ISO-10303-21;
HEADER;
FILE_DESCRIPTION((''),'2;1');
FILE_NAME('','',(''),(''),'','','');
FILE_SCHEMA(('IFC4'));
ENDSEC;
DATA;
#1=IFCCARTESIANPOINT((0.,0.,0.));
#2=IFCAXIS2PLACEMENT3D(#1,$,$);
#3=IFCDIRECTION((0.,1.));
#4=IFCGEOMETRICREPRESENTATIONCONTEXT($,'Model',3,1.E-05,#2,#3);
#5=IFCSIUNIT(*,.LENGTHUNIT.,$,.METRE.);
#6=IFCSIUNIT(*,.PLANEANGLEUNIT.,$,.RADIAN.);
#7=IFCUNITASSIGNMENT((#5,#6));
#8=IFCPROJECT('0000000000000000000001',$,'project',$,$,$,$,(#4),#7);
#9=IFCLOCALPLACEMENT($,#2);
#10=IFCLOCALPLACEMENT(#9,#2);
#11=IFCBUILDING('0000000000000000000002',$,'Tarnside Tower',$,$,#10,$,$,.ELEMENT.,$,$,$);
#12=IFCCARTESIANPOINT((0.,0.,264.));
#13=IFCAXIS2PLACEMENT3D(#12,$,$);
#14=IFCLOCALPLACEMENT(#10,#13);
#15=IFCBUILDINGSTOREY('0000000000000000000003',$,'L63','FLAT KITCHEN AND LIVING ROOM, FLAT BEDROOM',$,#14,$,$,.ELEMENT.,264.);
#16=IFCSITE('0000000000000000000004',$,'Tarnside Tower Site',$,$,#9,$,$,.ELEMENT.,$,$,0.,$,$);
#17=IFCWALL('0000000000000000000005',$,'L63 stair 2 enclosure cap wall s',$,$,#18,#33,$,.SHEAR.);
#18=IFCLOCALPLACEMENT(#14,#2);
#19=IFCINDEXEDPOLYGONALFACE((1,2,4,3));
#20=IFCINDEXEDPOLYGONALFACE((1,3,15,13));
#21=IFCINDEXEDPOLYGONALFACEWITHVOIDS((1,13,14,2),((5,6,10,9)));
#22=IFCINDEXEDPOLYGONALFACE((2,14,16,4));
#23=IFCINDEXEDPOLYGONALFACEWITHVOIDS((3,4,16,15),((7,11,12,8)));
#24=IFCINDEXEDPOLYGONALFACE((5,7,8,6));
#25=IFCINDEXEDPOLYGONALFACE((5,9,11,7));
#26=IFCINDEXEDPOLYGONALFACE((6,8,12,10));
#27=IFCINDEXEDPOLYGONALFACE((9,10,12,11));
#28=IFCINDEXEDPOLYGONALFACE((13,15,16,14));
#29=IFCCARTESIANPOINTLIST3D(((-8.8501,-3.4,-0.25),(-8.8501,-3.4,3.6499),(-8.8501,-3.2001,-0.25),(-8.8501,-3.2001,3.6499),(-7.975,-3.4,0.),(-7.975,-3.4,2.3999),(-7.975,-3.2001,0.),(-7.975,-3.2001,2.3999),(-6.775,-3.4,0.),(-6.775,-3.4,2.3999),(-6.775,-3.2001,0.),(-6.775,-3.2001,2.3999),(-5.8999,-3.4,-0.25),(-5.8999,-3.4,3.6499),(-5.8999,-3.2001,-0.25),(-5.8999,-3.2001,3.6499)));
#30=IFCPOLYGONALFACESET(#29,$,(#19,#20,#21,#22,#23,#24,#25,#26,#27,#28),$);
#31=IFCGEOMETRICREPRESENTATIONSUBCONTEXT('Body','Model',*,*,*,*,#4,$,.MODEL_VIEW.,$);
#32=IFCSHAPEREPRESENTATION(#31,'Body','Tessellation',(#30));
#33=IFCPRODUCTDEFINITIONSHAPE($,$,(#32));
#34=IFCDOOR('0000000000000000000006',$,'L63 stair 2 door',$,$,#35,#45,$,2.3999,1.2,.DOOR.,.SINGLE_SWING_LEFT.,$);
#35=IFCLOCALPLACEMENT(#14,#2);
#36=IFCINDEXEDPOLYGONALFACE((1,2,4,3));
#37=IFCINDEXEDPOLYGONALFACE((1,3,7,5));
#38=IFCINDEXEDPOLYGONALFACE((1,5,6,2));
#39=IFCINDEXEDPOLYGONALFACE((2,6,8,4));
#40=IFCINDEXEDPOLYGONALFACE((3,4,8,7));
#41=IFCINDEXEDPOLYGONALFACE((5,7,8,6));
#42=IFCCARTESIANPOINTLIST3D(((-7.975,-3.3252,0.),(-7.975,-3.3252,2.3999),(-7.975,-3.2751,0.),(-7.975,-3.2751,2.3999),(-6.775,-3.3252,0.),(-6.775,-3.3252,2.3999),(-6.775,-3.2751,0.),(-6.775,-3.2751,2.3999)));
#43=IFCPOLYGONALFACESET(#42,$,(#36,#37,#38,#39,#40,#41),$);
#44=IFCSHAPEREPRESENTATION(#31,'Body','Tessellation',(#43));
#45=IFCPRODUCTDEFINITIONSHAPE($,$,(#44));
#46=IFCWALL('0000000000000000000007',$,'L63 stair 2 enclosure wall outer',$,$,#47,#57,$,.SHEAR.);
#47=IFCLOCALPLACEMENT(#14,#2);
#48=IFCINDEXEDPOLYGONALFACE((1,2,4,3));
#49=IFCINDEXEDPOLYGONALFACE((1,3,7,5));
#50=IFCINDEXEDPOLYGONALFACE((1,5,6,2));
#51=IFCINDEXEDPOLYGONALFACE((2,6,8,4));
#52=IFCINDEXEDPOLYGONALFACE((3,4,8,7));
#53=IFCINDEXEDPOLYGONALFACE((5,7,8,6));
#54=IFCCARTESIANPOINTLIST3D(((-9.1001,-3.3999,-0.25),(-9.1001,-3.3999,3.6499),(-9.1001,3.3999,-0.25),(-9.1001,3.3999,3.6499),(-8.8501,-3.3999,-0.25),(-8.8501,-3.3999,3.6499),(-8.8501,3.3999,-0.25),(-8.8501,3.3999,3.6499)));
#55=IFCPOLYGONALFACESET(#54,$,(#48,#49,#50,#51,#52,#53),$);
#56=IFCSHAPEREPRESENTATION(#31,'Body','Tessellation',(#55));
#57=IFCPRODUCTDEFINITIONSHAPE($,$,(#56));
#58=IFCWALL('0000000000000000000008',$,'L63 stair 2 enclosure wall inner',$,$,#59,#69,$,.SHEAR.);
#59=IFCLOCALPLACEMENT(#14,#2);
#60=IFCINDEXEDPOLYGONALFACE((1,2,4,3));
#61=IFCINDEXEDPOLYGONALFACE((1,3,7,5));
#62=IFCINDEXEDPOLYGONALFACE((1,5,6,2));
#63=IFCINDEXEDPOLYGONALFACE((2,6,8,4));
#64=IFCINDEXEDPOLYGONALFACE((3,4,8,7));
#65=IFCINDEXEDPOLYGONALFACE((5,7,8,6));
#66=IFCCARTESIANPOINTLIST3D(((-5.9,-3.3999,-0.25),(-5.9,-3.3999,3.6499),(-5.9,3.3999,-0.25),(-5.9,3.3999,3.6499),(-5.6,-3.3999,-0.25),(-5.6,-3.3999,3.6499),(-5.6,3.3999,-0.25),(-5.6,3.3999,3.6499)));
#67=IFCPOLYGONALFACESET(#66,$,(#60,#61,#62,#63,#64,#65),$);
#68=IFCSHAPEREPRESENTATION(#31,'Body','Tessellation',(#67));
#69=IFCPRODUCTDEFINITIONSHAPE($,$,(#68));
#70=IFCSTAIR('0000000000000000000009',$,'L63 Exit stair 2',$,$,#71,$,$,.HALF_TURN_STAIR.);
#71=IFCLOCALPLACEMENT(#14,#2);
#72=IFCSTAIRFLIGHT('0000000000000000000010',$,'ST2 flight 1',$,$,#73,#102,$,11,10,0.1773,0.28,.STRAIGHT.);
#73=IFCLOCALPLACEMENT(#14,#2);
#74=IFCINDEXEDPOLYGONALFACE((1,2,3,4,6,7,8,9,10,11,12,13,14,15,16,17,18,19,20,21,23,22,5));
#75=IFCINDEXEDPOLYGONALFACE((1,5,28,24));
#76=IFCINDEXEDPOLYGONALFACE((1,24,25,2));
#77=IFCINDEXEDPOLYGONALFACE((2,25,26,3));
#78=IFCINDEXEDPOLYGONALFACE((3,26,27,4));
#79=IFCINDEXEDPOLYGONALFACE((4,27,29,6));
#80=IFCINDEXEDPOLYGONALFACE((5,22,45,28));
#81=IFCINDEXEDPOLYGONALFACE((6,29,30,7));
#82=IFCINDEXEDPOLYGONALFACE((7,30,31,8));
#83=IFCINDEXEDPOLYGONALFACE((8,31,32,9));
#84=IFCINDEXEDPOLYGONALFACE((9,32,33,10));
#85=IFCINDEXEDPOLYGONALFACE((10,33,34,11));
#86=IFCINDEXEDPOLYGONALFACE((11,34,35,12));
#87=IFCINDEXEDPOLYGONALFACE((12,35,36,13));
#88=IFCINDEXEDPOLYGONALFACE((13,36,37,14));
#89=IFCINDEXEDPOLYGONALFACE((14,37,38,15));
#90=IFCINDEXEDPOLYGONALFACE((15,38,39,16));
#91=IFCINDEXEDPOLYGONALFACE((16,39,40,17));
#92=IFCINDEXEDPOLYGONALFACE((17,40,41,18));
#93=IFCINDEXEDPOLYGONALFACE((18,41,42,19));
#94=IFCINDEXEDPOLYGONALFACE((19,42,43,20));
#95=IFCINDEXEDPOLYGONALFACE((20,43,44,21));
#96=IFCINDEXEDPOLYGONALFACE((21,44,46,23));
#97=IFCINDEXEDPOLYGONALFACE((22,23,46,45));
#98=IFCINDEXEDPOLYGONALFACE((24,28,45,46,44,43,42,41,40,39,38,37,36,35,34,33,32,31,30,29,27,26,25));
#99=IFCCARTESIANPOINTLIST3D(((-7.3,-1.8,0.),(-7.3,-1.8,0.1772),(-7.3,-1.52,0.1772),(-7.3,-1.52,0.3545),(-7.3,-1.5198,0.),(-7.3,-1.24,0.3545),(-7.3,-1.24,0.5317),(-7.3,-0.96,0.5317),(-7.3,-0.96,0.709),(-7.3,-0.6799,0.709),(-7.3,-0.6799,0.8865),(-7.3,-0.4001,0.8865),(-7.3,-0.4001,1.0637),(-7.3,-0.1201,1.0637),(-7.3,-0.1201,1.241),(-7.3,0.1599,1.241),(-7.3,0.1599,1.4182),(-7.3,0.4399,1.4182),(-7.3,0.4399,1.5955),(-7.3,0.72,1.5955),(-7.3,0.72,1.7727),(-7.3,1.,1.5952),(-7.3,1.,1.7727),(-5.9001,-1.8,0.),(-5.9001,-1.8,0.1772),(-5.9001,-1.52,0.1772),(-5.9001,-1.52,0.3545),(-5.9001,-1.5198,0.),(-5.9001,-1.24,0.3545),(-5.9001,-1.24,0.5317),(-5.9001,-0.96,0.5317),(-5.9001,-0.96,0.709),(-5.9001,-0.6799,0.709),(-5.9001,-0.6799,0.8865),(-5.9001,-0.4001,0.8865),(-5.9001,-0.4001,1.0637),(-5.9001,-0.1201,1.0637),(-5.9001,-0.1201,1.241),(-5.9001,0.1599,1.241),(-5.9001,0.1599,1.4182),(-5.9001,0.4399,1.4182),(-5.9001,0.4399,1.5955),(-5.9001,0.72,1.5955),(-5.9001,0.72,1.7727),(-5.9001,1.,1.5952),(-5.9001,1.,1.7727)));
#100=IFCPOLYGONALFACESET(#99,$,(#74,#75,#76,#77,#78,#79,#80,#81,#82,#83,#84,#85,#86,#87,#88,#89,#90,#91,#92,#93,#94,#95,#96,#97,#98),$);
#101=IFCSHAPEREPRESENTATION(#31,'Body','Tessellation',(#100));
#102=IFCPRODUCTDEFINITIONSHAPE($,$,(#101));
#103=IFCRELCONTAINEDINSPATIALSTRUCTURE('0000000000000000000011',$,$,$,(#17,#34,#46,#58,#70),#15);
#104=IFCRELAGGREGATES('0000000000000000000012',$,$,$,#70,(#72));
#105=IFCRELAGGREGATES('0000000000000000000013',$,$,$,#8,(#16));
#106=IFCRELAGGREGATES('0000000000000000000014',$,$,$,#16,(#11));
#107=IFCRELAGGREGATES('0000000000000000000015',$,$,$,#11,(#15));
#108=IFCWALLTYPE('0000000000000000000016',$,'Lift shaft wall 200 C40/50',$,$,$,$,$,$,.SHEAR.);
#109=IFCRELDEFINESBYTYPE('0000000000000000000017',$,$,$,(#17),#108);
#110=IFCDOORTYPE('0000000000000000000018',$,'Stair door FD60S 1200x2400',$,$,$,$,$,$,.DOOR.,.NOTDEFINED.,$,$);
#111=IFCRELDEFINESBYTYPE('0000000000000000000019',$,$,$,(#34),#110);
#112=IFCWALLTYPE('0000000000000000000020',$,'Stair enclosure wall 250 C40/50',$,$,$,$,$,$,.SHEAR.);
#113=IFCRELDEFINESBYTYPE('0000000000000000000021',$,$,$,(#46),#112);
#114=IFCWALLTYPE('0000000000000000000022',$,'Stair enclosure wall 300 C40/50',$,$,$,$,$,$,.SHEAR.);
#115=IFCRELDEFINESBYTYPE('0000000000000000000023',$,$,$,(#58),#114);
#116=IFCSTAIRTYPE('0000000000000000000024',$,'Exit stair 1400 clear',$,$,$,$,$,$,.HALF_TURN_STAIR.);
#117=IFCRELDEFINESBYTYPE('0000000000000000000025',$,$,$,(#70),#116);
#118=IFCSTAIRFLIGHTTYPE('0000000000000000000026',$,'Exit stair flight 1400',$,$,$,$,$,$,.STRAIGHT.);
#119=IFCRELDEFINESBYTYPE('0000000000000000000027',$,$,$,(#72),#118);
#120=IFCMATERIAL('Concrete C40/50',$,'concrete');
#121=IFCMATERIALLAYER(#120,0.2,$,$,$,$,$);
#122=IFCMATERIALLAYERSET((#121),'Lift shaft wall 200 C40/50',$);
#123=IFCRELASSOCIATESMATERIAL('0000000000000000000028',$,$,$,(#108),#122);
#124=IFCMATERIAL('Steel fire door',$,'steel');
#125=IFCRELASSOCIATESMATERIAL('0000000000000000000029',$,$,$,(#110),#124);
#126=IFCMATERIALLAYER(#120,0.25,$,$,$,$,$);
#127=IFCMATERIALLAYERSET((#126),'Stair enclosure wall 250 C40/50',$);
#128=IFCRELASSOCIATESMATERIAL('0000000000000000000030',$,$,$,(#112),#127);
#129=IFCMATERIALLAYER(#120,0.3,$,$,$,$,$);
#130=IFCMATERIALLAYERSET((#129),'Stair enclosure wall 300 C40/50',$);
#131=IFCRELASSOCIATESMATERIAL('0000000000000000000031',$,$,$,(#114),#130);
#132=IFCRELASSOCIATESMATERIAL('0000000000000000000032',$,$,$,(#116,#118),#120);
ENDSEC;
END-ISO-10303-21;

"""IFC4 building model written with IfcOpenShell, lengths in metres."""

from ifc_helpers import new_model, si_unit, direction, frame, frame_2d, origin, place, context, subcontext, project, spatial, polyline, rectangle, outline, extrude, material, layer, layer_set, type_object, element, fill, aggregate, save


model = new_model("IFC4")

# Units and contexts
model_context = context("Model", 3, precision=1e-05, world=origin(), true_north=direction((0.0, 1.0)))
body_context = subcontext(model_context, "Body", "Model", "MODEL_VIEW")
ifc_project = project(units=[si_unit("LENGTHUNIT", "METRE"), si_unit("PLANEANGLEUNIT", "RADIAN")], contexts=[model_context])

# Site, building, storey
site_placement = place(None, origin())
site = spatial("IfcSite", under=ifc_project, at=site_placement, Name="Tarnside Tower Site", CompositionType="ELEMENT", RefElevation=0.0)
building_placement = place(site_placement, origin())
building = spatial("IfcBuilding", under=site, at=building_placement, Name="Tarnside Tower", CompositionType="ELEMENT")
storey_placement = place(building_placement, frame((0.0, 0.0, 264.0)))
storey = spatial("IfcBuildingStorey", under=building, at=storey_placement, Name="L63", Description="FLAT KITCHEN AND LIVING ROOM, FLAT BEDROOM", CompositionType="ELEMENT", Elevation=264.0)

# Shared definitions
ifc_material_1 = material(Name="Concrete C40/50", Category="concrete")
ifc_material_2 = material(Name="Steel fire door", Category="steel")

# Shared definitions
ifc_layer_1 = layer(ifc_material_1, 0.2)
ifc_layer_set_1 = layer_set([ifc_layer_1], Name="Lift shaft wall 200 C40/50")
wall_type_1 = type_object("IfcWallType", Name="Lift shaft wall 200 C40/50", PredefinedType="SHEAR", material=ifc_layer_set_1)

# Wall, opening, door
wall_1_placement = place(storey_placement, frame((-8.8501, -3.3, -0.25), z_axis=(0.0, 0.0, 1.0), x_axis=(1.0, 0.0, 0.0)))
wall_1 = element("IfcWall", 1, at=wall_1_placement, inside=storey, type_object=wall_type_1, Name="L63 stair 2 enclosure cap wall s", PredefinedType="SHEAR", context=body_context, shape_type="SweptSolid", body=[
    extrude(rectangle(XDim=2.9502, YDim=0.2, at=frame_2d((1.4751, 0.0))), origin(), (0.0, 0.0, 1.0), 3.8999),
])
opening_1_placement = place(wall_1_placement, frame((0.875, 0.0, 0.25)))
opening_1 = element("IfcOpeningElement", 2, at=opening_1_placement, cuts=wall_1, PredefinedType="OPENING", context=body_context, shape_type="SweptSolid", body=[
    extrude(rectangle(XDim=1.2, YDim=2.3999, at=frame_2d((0.6001, 1.2))), frame((0.0, 0.1099, 0.0), z_axis=(0.0, -1.0, 0.0), x_axis=(1.0, 0.0, 0.0)), (0.0, 0.0, 1.0), 0.22),
])
door_type_1 = type_object("IfcDoorType", Name="Stair door FD60S 1200x2400", OperationType="NOTDEFINED", PredefinedType="DOOR", material=ifc_material_2)
door_1_placement = place(opening_1_placement, origin())
door_1 = element("IfcDoor", 3, at=door_1_placement, inside=storey, type_object=door_type_1, Name="L63 stair 2 door", OperationType="SINGLE_SWING_LEFT", OverallHeight=2.3999, OverallWidth=1.2, PredefinedType="DOOR", context=body_context, shape_type="SweptSolid", body=[
    extrude(rectangle(XDim=1.2, YDim=2.3999, at=frame_2d((0.6001, 1.2))), frame((0.0, 0.0249, 0.0), z_axis=(0.0, -1.0, 0.0), x_axis=(1.0, 0.0, 0.0)), (0.0, 0.0, 1.0), 0.05),
])
fill(opening_1, door_1)

# Walls
ifc_layer_2 = layer(ifc_material_1, 0.25)
ifc_layer_set_2 = layer_set([ifc_layer_2], Name="Stair enclosure wall 250 C40/50")
wall_type_2 = type_object("IfcWallType", Name="Stair enclosure wall 250 C40/50", PredefinedType="SHEAR", material=ifc_layer_set_2)
wall_2_placement = place(storey_placement, frame((-8.9751, -3.3999, -0.25), z_axis=(0.0, 0.0, 1.0), x_axis=(0.0, 1.0, 0.0)))
element("IfcWall", 4, at=wall_2_placement, inside=storey, type_object=wall_type_2, Name="L63 stair 2 enclosure wall outer", PredefinedType="SHEAR", context=body_context, shape_type="SweptSolid", body=[
    extrude(rectangle(XDim=6.7998, YDim=0.25, at=frame_2d((3.3999, 0.0))), origin(), (0.0, 0.0, 1.0), 3.8999),
])
ifc_layer_3 = layer(ifc_material_1, 0.3)
ifc_layer_set_3 = layer_set([ifc_layer_3], Name="Stair enclosure wall 300 C40/50")
wall_type_3 = type_object("IfcWallType", Name="Stair enclosure wall 300 C40/50", PredefinedType="SHEAR", material=ifc_layer_set_3)
wall_3_placement = place(storey_placement, frame((-5.75, -3.3999, -0.25), z_axis=(0.0, 0.0, 1.0), x_axis=(0.0, 1.0, 0.0)))
element("IfcWall", 5, at=wall_3_placement, inside=storey, type_object=wall_type_3, Name="L63 stair 2 enclosure wall inner", PredefinedType="SHEAR", context=body_context, shape_type="SweptSolid", body=[
    extrude(rectangle(XDim=6.7998, YDim=0.3, at=frame_2d((3.3999, 0.0))), origin(), (0.0, 0.0, 1.0), 3.8999),
])

# Stair, stair flight
stair_type = type_object("IfcStairType", Name="Exit stair 1400 clear", PredefinedType="HALF_TURN_STAIR", material=ifc_material_1)
stair_placement = place(storey_placement, origin())
stair = element("IfcStair", 6, at=stair_placement, inside=storey, type_object=stair_type, Name="L63 Exit stair 2", PredefinedType="HALF_TURN_STAIR")
stair_flight_type = type_object("IfcStairFlightType", Name="Exit stair flight 1400", PredefinedType="STRAIGHT", material=ifc_material_1)
stair_flight_placement = place(storey_placement, frame((-6.6001, -1.8, 0.0), z_axis=(0.0, 0.0, 1.0), x_axis=(0.0, 1.0, 0.0)))
stair_flight = element("IfcStairFlight", 7, at=stair_flight_placement, type_object=stair_flight_type, Name="ST2 flight 1", NumberOfRisers=11, NumberOfTreads=10, PredefinedType="STRAIGHT", RiserHeight=0.1773, TreadLength=0.28, context=body_context, shape_type="SweptSolid", body=[
    extrude(outline(polyline([(0.0, 0.0), (0.0, 0.1772), (0.28, 0.1772), (0.28, 0.3545), (0.5601, 0.3545), (0.5601, 0.5317), (0.8401, 0.5317), (0.8401, 0.709), (1.1201, 0.709), (1.1201, 0.8865), (1.3999, 0.8865), (1.3999, 1.0637), (1.6799, 1.0637), (1.6799, 1.241), (1.96, 1.241), (1.96, 1.4182), (2.24, 1.4182), (2.24, 1.5955), (2.52, 1.5955), (2.52, 1.7727), (2.8, 1.7727), (2.8, 1.95), (2.8, 1.5952), (0.2803, 0.0), (0.0, 0.0)])), frame((0.0, 0.7, 0.0), z_axis=(0.0, -1.0, 0.0), x_axis=(1.0, 0.0, 0.0)), (0.0, 0.0, 1.0), 1.3999),
])
aggregate(stair, [stair_flight])

save(model, "model.ifc")
